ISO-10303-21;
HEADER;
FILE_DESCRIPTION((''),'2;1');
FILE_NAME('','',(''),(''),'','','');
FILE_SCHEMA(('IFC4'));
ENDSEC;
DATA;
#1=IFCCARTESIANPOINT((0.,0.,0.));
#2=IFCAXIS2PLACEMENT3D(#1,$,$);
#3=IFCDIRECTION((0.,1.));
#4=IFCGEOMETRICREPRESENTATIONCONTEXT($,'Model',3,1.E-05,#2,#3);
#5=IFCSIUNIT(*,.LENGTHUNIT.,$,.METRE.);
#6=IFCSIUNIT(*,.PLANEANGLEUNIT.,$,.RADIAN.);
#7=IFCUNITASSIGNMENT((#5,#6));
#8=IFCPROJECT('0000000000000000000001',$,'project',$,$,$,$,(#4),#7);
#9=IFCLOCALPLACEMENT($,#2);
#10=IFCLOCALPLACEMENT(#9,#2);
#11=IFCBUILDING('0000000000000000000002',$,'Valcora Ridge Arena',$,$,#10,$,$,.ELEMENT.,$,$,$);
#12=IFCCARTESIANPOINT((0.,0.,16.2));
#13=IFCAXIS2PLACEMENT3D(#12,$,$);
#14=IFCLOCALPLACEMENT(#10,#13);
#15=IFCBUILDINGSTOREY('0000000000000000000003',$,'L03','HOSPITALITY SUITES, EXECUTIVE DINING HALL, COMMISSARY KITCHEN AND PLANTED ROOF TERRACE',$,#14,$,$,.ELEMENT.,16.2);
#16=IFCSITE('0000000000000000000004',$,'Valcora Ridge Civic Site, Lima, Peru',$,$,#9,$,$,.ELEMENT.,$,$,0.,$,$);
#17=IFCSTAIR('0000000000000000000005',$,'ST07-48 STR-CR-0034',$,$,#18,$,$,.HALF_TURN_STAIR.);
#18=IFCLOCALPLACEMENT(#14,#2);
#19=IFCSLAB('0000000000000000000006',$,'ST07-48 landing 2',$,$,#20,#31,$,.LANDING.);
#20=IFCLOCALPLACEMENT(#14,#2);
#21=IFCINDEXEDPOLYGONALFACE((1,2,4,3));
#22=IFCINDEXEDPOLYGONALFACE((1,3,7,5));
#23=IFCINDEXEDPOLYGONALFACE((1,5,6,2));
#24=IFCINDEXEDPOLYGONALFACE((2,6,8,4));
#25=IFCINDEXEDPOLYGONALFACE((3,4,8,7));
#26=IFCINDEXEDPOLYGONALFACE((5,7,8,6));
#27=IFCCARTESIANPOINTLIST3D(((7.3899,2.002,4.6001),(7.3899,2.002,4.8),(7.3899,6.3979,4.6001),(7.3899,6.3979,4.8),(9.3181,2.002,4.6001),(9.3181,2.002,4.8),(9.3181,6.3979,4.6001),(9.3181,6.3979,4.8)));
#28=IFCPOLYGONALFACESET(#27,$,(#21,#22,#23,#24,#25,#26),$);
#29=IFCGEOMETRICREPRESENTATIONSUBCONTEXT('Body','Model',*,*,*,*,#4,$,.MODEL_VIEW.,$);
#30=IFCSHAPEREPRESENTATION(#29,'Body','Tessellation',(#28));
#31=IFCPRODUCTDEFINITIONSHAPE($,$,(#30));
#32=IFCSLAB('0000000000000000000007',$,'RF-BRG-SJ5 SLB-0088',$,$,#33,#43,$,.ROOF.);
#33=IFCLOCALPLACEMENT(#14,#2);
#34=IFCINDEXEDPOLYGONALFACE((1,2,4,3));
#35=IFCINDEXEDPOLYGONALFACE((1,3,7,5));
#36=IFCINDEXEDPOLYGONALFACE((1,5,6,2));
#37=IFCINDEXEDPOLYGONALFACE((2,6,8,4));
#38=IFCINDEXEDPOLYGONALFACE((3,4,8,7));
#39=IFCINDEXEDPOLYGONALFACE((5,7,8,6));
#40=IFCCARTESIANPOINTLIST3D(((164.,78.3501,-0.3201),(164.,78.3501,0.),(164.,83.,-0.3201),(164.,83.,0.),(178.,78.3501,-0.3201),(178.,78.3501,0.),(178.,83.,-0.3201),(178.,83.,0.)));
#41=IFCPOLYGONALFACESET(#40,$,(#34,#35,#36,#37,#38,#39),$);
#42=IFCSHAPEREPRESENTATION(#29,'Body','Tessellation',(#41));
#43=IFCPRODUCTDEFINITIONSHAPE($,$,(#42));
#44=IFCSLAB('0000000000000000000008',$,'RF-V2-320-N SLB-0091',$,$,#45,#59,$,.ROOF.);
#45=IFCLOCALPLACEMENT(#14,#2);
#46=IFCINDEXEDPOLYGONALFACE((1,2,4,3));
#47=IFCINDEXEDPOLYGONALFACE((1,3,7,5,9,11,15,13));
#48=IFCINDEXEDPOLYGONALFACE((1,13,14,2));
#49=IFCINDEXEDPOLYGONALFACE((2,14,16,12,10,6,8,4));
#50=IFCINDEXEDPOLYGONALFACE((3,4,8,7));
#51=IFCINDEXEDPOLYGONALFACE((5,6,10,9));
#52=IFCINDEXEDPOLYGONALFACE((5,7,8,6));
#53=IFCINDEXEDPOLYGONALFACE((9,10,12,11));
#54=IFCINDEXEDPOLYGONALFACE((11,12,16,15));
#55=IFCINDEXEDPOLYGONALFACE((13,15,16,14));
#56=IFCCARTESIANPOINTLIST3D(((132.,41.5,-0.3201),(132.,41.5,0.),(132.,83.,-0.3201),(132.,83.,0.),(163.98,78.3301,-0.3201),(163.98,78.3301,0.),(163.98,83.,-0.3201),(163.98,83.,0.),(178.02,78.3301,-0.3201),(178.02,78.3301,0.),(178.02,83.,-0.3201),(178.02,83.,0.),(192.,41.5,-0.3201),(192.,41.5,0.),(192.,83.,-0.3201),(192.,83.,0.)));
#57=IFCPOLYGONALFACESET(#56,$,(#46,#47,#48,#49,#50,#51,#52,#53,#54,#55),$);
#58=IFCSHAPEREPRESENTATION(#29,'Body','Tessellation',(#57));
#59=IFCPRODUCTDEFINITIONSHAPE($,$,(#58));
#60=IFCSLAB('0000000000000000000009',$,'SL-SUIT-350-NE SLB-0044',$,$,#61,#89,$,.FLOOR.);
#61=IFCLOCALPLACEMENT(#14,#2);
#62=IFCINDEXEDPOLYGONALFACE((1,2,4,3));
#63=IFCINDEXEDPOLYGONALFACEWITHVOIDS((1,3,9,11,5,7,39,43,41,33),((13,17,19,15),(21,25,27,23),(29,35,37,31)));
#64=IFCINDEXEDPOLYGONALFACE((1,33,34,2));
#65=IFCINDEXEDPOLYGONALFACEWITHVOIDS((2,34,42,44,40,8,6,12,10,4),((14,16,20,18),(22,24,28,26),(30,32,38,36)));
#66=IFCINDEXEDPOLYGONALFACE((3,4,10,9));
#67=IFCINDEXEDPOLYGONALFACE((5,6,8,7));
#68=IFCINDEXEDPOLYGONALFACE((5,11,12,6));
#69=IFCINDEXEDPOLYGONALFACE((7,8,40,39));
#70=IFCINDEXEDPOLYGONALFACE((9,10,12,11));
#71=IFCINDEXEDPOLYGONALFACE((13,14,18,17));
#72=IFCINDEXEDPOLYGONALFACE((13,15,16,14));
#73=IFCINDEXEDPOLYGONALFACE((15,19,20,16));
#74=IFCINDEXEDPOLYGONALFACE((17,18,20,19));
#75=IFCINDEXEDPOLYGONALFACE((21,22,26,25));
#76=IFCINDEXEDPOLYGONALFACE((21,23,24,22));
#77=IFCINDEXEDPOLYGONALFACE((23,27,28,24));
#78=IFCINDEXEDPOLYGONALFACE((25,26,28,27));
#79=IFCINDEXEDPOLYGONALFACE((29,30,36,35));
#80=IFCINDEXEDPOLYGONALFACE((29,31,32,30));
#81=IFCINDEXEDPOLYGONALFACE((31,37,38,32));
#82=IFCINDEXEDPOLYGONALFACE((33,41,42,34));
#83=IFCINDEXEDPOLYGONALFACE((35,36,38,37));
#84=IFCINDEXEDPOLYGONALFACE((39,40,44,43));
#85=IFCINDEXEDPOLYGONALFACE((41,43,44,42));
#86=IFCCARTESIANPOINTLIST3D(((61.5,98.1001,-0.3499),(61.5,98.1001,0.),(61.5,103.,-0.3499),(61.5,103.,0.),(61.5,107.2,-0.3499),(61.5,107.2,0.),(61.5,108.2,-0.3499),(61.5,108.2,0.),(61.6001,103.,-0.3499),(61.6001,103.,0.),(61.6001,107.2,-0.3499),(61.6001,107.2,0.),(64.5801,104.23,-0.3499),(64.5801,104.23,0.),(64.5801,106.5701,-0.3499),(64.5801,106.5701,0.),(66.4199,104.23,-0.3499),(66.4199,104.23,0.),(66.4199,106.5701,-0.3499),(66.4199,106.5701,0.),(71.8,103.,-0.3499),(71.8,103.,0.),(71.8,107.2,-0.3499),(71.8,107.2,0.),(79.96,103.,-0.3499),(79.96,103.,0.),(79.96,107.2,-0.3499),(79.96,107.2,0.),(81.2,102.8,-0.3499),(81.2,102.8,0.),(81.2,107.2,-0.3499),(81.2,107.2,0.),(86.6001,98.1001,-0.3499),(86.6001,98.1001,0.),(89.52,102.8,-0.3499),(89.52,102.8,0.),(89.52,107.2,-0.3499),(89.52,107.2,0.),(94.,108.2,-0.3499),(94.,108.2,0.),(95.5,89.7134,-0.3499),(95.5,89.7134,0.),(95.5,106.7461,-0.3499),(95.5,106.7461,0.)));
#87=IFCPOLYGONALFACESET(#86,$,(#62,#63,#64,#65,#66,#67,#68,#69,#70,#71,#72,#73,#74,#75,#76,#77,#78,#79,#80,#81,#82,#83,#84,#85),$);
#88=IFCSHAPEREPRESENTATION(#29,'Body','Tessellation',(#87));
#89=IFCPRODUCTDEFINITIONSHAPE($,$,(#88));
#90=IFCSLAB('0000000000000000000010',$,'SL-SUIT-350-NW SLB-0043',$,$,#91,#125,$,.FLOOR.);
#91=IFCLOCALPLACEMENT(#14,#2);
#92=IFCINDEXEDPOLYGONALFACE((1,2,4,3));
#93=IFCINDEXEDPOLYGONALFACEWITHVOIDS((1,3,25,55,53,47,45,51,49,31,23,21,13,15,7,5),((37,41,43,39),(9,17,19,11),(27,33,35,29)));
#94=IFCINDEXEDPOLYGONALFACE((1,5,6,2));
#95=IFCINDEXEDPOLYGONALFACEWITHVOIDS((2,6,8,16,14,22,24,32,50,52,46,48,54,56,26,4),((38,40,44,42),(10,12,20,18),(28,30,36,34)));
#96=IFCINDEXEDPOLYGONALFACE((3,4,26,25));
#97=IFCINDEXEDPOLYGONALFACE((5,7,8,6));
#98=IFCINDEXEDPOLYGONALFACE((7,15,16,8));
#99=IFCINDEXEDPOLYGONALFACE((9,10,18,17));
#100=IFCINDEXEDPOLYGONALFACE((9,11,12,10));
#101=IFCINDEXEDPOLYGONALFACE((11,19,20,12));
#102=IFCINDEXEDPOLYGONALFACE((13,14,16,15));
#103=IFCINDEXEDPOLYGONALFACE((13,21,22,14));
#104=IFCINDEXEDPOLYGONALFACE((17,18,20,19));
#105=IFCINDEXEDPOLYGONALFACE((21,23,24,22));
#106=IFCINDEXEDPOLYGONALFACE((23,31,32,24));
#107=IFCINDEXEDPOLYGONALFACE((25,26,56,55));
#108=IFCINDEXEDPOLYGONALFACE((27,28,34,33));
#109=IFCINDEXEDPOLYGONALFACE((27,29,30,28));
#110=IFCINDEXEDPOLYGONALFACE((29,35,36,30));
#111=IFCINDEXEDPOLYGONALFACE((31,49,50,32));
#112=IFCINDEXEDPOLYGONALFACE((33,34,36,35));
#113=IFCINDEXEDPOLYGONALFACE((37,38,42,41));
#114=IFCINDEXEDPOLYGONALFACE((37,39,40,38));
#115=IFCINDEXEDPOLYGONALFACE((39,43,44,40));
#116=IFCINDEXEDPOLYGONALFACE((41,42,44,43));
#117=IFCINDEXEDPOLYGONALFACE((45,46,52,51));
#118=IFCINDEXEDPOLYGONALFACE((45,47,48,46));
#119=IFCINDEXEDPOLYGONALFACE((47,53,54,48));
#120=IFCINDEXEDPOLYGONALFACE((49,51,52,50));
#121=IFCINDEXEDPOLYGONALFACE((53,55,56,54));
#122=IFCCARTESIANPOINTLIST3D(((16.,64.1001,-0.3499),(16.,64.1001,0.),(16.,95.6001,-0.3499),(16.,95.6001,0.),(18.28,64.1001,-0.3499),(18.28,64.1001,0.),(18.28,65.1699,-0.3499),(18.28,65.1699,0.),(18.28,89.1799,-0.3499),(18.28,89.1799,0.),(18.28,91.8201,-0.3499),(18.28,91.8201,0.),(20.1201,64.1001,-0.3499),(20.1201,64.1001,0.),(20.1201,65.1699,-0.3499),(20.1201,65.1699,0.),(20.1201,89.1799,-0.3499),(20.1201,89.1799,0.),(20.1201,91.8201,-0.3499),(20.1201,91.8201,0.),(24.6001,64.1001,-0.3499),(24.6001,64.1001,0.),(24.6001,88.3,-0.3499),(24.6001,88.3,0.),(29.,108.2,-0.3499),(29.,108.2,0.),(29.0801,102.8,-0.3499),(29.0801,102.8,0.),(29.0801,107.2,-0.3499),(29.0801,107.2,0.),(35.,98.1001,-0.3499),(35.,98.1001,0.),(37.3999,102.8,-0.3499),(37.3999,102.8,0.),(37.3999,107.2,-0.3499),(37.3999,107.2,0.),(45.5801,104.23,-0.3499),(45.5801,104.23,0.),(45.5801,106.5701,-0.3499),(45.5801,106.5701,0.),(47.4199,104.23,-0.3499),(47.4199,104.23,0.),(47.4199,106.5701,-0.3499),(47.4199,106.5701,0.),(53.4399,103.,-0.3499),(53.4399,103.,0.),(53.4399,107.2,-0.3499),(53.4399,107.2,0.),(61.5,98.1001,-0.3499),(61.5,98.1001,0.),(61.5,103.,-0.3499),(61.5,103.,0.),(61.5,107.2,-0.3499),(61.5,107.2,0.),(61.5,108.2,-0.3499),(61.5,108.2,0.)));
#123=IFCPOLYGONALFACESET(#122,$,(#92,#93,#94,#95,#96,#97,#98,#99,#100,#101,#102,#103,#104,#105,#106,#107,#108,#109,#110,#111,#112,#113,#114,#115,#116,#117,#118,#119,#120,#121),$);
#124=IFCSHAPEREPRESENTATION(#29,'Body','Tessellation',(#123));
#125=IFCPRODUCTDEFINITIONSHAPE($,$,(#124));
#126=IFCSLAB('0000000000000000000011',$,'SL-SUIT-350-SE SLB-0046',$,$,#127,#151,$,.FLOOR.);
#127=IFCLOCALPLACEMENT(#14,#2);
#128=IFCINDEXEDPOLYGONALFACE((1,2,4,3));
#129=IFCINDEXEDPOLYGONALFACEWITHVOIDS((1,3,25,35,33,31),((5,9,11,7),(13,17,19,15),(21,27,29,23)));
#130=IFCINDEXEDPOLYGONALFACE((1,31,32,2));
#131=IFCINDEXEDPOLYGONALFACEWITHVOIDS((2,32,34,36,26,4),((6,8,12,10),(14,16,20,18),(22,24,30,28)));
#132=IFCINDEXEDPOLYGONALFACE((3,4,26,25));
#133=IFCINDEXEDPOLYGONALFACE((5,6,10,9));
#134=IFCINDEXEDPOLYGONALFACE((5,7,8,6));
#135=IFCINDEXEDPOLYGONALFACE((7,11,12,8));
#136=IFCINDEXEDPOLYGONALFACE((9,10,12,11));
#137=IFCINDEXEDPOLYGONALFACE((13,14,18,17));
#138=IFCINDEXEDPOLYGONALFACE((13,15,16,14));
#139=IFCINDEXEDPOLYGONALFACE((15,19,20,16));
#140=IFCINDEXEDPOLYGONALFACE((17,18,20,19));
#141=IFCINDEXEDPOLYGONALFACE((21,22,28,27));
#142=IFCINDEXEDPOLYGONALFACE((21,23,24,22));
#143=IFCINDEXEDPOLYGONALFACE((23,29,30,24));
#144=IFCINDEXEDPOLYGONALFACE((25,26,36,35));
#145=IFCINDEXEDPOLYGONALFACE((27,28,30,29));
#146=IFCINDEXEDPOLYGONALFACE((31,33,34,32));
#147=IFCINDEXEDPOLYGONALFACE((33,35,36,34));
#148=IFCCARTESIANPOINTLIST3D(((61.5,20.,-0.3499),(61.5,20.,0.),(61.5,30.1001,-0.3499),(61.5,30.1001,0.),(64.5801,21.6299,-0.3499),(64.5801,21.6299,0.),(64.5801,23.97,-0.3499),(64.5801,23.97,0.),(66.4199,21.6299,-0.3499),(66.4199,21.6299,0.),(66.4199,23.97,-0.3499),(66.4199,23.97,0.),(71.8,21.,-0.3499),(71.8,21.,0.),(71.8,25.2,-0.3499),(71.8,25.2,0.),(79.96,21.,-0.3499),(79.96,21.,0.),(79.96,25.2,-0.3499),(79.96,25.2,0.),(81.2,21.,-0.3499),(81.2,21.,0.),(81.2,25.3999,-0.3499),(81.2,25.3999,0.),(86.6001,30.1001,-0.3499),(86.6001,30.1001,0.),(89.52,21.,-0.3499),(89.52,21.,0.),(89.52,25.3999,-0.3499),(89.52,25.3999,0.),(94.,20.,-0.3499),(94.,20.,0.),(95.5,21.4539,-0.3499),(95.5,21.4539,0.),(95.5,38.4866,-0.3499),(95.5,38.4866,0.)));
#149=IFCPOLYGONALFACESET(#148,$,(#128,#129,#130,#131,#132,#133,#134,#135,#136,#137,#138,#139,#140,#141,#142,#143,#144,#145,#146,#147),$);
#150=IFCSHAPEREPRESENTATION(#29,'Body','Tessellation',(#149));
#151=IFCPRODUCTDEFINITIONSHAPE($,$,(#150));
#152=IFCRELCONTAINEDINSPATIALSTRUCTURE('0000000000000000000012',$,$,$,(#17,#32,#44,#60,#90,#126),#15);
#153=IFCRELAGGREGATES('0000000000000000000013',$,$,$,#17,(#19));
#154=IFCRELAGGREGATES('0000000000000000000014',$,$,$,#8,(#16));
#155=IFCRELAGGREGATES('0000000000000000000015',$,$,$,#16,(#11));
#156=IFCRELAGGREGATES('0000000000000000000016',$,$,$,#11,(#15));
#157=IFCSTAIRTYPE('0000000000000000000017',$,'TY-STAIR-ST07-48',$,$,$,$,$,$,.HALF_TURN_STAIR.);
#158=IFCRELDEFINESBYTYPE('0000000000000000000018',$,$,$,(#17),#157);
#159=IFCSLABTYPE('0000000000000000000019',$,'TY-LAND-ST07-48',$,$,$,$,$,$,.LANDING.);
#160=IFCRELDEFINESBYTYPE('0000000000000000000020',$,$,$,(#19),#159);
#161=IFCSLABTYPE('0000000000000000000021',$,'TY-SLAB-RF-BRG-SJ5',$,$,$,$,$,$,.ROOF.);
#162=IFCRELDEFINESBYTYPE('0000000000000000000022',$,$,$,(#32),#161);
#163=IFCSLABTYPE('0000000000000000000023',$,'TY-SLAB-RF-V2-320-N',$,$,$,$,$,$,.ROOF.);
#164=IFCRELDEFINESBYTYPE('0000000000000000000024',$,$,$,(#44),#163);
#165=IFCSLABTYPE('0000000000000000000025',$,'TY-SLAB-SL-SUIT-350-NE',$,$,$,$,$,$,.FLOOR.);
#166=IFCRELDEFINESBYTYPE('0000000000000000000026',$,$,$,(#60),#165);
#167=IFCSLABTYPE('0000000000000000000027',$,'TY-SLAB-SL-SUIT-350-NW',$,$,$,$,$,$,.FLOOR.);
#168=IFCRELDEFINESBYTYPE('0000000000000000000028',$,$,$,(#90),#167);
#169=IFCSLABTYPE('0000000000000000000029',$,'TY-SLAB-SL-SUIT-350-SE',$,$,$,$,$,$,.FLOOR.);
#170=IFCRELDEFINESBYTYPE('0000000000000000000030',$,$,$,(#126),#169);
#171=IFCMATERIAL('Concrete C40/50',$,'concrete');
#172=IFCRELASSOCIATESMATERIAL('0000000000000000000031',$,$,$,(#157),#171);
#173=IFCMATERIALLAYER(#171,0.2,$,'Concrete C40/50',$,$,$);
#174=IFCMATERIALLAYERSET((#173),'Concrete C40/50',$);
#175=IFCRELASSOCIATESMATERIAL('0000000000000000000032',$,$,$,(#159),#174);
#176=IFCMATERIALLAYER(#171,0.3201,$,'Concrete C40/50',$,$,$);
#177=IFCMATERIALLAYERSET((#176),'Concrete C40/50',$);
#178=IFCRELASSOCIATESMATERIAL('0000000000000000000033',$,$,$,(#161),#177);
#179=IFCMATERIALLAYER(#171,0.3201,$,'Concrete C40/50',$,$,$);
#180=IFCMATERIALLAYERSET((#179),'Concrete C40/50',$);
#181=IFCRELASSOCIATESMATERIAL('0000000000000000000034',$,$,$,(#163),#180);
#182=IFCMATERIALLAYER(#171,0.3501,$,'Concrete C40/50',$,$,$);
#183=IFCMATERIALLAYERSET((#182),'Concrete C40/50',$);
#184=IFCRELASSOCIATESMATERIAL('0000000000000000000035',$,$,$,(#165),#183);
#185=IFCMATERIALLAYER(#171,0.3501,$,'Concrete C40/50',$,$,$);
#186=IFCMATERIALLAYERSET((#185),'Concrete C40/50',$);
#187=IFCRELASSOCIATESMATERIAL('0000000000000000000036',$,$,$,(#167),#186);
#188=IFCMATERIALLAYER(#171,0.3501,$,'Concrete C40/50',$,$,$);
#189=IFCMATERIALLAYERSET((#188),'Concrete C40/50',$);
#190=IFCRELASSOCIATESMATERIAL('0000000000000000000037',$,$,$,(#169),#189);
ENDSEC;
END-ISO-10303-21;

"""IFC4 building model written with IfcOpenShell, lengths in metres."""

from ifc_helpers import new_model, si_unit, direction, frame, origin, place, context, subcontext, project, spatial, polyline, outline, extrude, material, layer, layer_set, type_object, element, aggregate, save


model = new_model("IFC4")

# Units and contexts
model_context = context("Model", 3, precision=1e-05, world=origin(), true_north=direction((0.0, 1.0)))
body_context = subcontext(model_context, "Body", "Model", "MODEL_VIEW")
ifc_project = project(units=[si_unit("LENGTHUNIT", "METRE"), si_unit("PLANEANGLEUNIT", "RADIAN")], contexts=[model_context])

# Site, building, storey
site_placement = place(None, origin())
site = spatial("IfcSite", under=ifc_project, at=site_placement, Name="Valcora Ridge Civic Site, Lima, Peru", CompositionType="ELEMENT", RefElevation=0.0)
building_placement = place(site_placement, origin())
building = spatial("IfcBuilding", under=site, at=building_placement, Name="Valcora Ridge Arena", CompositionType="ELEMENT")
storey_placement = place(building_placement, frame((0.0, 0.0, 16.2)))
storey = spatial("IfcBuildingStorey", under=building, at=storey_placement, Name="L03", Description="HOSPITALITY SUITES, EXECUTIVE DINING HALL, COMMISSARY KITCHEN AND PLANTED ROOF TERRACE", CompositionType="ELEMENT", Elevation=16.2)

# Shared definitions
ifc_material_1 = material(Name="Concrete C40/50", Category="concrete")

# Stair, slab
stair_type_1 = type_object("IfcStairType", Name="TY-STAIR-ST07-48", PredefinedType="HALF_TURN_STAIR", material=ifc_material_1)
stair_1_placement = place(storey_placement, origin())
stair_1 = element("IfcStair", 1, at=stair_1_placement, inside=storey, type_object=stair_type_1, Name="ST07-48 STR-CR-0034", PredefinedType="HALF_TURN_STAIR")
ifc_layer_1 = layer(ifc_material_1, 0.2, Name="Concrete C40/50")
ifc_layer_set_1 = layer_set([ifc_layer_1], Name="Concrete C40/50")
slab_type_1 = type_object("IfcSlabType", Name="TY-LAND-ST07-48", PredefinedType="LANDING", material=ifc_layer_set_1)
slab_1_placement = place(storey_placement, frame((0.0, 0.0, 4.6001)))
slab_1 = element("IfcSlab", 2, at=slab_1_placement, type_object=slab_type_1, Name="ST07-48 landing 2", PredefinedType="LANDING", context=body_context, shape_type="SweptSolid", body=[
    extrude(outline(polyline([(7.3899, 2.002), (9.3181, 2.002), (9.3181, 6.3979), (7.3899, 6.3979), (7.3899, 2.002)])), origin(), (0.0, 0.0, 1.0), 0.2),
])
aggregate(stair_1, [slab_1])

# Slabs
ifc_layer_2 = layer(ifc_material_1, 0.3201, Name="Concrete C40/50")
ifc_layer_set_2 = layer_set([ifc_layer_2], Name="Concrete C40/50")
slab_type_2 = type_object("IfcSlabType", Name="TY-SLAB-RF-BRG-SJ5", PredefinedType="ROOF", material=ifc_layer_set_2)
slab_2_placement = place(storey_placement, frame((0.0, 0.0, -0.3201)))
element("IfcSlab", 3, at=slab_2_placement, inside=storey, type_object=slab_type_2, Name="RF-BRG-SJ5 SLB-0088", PredefinedType="ROOF", context=body_context, shape_type="SweptSolid", body=[
    extrude(outline(polyline([(178.0, 78.3501), (178.0, 83.0), (164.0, 83.0), (164.0, 78.3501), (178.0, 78.3501)])), origin(), (0.0, 0.0, 1.0), 0.3201),
])
ifc_layer_3 = layer(ifc_material_1, 0.3201, Name="Concrete C40/50")
ifc_layer_set_3 = layer_set([ifc_layer_3], Name="Concrete C40/50")
slab_type_3 = type_object("IfcSlabType", Name="TY-SLAB-RF-V2-320-N", PredefinedType="ROOF", material=ifc_layer_set_3)
slab_3_placement = place(storey_placement, frame((0.0, 0.0, -0.3201)))
element("IfcSlab", 4, at=slab_3_placement, inside=storey, type_object=slab_type_3, Name="RF-V2-320-N SLB-0091", PredefinedType="ROOF", context=body_context, shape_type="SweptSolid", body=[
    extrude(outline(polyline([(132.0, 41.5), (192.0, 41.5), (192.0, 83.0), (178.02, 83.0), (178.02, 78.3301), (163.98, 78.3301), (163.98, 83.0), (132.0, 83.0), (132.0, 41.5)])), origin(), (0.0, 0.0, 1.0), 0.3201),
])

# Slabs
ifc_layer_4 = layer(ifc_material_1, 0.3501, Name="Concrete C40/50")
ifc_layer_set_4 = layer_set([ifc_layer_4], Name="Concrete C40/50")
slab_type_4 = type_object("IfcSlabType", Name="TY-SLAB-SL-SUIT-350-NE", PredefinedType="FLOOR", material=ifc_layer_set_4)
slab_4_placement = place(storey_placement, frame((0.0, 0.0, -0.3499)))
element("IfcSlab", 5, at=slab_4_placement, inside=storey, type_object=slab_type_4, Name="SL-SUIT-350-NE SLB-0044", PredefinedType="FLOOR", context=body_context, shape_type="SweptSolid", body=[
    extrude(outline(polyline([(94.0, 108.2), (61.5, 108.2), (61.5, 107.2), (61.6001, 107.2), (61.6001, 103.0), (61.5, 103.0), (61.5, 98.1001), (86.6001, 98.1001), (95.5, 89.7134), (95.5, 106.7461), (94.0, 108.2)]), holes=[polyline([(81.2, 102.8), (89.52, 102.8), (89.52, 107.2), (81.2, 107.2), (81.2, 102.8)]), polyline([(71.8, 103.0), (79.96, 103.0), (79.96, 107.2), (71.8, 107.2), (71.8, 103.0)]), polyline([(64.5801, 106.5701), (64.5801, 104.23), (66.4199, 104.23), (66.4199, 106.5701), (64.5801, 106.5701)])]), origin(), (0.0, 0.0, 1.0), 0.3499),
])
ifc_layer_5 = layer(ifc_material_1, 0.3501, Name="Concrete C40/50")
ifc_layer_set_5 = layer_set([ifc_layer_5], Name="Concrete C40/50")
slab_type_5 = type_object("IfcSlabType", Name="TY-SLAB-SL-SUIT-350-NW", PredefinedType="FLOOR", material=ifc_layer_set_5)
slab_5_placement = place(storey_placement, frame((0.0, 0.0, -0.3499)))
element("IfcSlab", 6, at=slab_5_placement, inside=storey, type_object=slab_type_5, Name="SL-SUIT-350-NW SLB-0043", PredefinedType="FLOOR", context=body_context, shape_type="SweptSolid", body=[
    extrude(outline(polyline([(16.0, 95.6001), (16.0, 64.1001), (18.28, 64.1001), (18.28, 65.1699), (20.1201, 65.1699), (20.1201, 64.1001), (24.6001, 64.1001), (24.6001, 88.3), (35.0, 98.1001), (61.5, 98.1001), (61.5, 103.0), (53.4399, 103.0), (53.4399, 107.2), (61.5, 107.2), (61.5, 108.2), (29.0, 108.2), (16.0, 95.6001)]), holes=[polyline([(29.0801, 107.2), (29.0801, 102.8), (37.3999, 102.8), (37.3999, 107.2), (29.0801, 107.2)]), polyline([(18.28, 91.8201), (18.28, 89.1799), (20.1201, 89.1799), (20.1201, 91.8201), (18.28, 91.8201)]), polyline([(47.4199, 106.5701), (45.5801, 106.5701), (45.5801, 104.23), (47.4199, 104.23), (47.4199, 106.5701)])]), origin(), (0.0, 0.0, 1.0), 0.3499),
])
ifc_layer_6 = layer(ifc_material_1, 0.3501, Name="Concrete C40/50")
ifc_layer_set_6 = layer_set([ifc_layer_6], Name="Concrete C40/50")
slab_type_6 = type_object("IfcSlabType", Name="TY-SLAB-SL-SUIT-350-SE", PredefinedType="FLOOR", material=ifc_layer_set_6)
slab_6_placement = place(storey_placement, frame((0.0, 0.0, -0.3499)))
element("IfcSlab", 7, at=slab_6_placement, inside=storey, type_object=slab_type_6, Name="SL-SUIT-350-SE SLB-0046", PredefinedType="FLOOR", context=body_context, shape_type="SweptSolid", body=[
    extrude(outline(polyline([(86.6001, 30.1001), (61.5, 30.1001), (61.5, 20.0), (94.0, 20.0), (95.5, 21.4539), (95.5, 38.4866), (86.6001, 30.1001)]), holes=[polyline([(71.8, 21.0), (79.96, 21.0), (79.96, 25.2), (71.8, 25.2), (71.8, 21.0)]), polyline([(81.2, 21.0), (89.52, 21.0), (89.52, 25.3999), (81.2, 25.3999), (81.2, 21.0)]), polyline([(66.4199, 23.97), (64.5801, 23.97), (64.5801, 21.6299), (66.4199, 21.6299), (66.4199, 23.97)])]), origin(), (0.0, 0.0, 1.0), 0.3499),
])

save(model, "model.ifc")
